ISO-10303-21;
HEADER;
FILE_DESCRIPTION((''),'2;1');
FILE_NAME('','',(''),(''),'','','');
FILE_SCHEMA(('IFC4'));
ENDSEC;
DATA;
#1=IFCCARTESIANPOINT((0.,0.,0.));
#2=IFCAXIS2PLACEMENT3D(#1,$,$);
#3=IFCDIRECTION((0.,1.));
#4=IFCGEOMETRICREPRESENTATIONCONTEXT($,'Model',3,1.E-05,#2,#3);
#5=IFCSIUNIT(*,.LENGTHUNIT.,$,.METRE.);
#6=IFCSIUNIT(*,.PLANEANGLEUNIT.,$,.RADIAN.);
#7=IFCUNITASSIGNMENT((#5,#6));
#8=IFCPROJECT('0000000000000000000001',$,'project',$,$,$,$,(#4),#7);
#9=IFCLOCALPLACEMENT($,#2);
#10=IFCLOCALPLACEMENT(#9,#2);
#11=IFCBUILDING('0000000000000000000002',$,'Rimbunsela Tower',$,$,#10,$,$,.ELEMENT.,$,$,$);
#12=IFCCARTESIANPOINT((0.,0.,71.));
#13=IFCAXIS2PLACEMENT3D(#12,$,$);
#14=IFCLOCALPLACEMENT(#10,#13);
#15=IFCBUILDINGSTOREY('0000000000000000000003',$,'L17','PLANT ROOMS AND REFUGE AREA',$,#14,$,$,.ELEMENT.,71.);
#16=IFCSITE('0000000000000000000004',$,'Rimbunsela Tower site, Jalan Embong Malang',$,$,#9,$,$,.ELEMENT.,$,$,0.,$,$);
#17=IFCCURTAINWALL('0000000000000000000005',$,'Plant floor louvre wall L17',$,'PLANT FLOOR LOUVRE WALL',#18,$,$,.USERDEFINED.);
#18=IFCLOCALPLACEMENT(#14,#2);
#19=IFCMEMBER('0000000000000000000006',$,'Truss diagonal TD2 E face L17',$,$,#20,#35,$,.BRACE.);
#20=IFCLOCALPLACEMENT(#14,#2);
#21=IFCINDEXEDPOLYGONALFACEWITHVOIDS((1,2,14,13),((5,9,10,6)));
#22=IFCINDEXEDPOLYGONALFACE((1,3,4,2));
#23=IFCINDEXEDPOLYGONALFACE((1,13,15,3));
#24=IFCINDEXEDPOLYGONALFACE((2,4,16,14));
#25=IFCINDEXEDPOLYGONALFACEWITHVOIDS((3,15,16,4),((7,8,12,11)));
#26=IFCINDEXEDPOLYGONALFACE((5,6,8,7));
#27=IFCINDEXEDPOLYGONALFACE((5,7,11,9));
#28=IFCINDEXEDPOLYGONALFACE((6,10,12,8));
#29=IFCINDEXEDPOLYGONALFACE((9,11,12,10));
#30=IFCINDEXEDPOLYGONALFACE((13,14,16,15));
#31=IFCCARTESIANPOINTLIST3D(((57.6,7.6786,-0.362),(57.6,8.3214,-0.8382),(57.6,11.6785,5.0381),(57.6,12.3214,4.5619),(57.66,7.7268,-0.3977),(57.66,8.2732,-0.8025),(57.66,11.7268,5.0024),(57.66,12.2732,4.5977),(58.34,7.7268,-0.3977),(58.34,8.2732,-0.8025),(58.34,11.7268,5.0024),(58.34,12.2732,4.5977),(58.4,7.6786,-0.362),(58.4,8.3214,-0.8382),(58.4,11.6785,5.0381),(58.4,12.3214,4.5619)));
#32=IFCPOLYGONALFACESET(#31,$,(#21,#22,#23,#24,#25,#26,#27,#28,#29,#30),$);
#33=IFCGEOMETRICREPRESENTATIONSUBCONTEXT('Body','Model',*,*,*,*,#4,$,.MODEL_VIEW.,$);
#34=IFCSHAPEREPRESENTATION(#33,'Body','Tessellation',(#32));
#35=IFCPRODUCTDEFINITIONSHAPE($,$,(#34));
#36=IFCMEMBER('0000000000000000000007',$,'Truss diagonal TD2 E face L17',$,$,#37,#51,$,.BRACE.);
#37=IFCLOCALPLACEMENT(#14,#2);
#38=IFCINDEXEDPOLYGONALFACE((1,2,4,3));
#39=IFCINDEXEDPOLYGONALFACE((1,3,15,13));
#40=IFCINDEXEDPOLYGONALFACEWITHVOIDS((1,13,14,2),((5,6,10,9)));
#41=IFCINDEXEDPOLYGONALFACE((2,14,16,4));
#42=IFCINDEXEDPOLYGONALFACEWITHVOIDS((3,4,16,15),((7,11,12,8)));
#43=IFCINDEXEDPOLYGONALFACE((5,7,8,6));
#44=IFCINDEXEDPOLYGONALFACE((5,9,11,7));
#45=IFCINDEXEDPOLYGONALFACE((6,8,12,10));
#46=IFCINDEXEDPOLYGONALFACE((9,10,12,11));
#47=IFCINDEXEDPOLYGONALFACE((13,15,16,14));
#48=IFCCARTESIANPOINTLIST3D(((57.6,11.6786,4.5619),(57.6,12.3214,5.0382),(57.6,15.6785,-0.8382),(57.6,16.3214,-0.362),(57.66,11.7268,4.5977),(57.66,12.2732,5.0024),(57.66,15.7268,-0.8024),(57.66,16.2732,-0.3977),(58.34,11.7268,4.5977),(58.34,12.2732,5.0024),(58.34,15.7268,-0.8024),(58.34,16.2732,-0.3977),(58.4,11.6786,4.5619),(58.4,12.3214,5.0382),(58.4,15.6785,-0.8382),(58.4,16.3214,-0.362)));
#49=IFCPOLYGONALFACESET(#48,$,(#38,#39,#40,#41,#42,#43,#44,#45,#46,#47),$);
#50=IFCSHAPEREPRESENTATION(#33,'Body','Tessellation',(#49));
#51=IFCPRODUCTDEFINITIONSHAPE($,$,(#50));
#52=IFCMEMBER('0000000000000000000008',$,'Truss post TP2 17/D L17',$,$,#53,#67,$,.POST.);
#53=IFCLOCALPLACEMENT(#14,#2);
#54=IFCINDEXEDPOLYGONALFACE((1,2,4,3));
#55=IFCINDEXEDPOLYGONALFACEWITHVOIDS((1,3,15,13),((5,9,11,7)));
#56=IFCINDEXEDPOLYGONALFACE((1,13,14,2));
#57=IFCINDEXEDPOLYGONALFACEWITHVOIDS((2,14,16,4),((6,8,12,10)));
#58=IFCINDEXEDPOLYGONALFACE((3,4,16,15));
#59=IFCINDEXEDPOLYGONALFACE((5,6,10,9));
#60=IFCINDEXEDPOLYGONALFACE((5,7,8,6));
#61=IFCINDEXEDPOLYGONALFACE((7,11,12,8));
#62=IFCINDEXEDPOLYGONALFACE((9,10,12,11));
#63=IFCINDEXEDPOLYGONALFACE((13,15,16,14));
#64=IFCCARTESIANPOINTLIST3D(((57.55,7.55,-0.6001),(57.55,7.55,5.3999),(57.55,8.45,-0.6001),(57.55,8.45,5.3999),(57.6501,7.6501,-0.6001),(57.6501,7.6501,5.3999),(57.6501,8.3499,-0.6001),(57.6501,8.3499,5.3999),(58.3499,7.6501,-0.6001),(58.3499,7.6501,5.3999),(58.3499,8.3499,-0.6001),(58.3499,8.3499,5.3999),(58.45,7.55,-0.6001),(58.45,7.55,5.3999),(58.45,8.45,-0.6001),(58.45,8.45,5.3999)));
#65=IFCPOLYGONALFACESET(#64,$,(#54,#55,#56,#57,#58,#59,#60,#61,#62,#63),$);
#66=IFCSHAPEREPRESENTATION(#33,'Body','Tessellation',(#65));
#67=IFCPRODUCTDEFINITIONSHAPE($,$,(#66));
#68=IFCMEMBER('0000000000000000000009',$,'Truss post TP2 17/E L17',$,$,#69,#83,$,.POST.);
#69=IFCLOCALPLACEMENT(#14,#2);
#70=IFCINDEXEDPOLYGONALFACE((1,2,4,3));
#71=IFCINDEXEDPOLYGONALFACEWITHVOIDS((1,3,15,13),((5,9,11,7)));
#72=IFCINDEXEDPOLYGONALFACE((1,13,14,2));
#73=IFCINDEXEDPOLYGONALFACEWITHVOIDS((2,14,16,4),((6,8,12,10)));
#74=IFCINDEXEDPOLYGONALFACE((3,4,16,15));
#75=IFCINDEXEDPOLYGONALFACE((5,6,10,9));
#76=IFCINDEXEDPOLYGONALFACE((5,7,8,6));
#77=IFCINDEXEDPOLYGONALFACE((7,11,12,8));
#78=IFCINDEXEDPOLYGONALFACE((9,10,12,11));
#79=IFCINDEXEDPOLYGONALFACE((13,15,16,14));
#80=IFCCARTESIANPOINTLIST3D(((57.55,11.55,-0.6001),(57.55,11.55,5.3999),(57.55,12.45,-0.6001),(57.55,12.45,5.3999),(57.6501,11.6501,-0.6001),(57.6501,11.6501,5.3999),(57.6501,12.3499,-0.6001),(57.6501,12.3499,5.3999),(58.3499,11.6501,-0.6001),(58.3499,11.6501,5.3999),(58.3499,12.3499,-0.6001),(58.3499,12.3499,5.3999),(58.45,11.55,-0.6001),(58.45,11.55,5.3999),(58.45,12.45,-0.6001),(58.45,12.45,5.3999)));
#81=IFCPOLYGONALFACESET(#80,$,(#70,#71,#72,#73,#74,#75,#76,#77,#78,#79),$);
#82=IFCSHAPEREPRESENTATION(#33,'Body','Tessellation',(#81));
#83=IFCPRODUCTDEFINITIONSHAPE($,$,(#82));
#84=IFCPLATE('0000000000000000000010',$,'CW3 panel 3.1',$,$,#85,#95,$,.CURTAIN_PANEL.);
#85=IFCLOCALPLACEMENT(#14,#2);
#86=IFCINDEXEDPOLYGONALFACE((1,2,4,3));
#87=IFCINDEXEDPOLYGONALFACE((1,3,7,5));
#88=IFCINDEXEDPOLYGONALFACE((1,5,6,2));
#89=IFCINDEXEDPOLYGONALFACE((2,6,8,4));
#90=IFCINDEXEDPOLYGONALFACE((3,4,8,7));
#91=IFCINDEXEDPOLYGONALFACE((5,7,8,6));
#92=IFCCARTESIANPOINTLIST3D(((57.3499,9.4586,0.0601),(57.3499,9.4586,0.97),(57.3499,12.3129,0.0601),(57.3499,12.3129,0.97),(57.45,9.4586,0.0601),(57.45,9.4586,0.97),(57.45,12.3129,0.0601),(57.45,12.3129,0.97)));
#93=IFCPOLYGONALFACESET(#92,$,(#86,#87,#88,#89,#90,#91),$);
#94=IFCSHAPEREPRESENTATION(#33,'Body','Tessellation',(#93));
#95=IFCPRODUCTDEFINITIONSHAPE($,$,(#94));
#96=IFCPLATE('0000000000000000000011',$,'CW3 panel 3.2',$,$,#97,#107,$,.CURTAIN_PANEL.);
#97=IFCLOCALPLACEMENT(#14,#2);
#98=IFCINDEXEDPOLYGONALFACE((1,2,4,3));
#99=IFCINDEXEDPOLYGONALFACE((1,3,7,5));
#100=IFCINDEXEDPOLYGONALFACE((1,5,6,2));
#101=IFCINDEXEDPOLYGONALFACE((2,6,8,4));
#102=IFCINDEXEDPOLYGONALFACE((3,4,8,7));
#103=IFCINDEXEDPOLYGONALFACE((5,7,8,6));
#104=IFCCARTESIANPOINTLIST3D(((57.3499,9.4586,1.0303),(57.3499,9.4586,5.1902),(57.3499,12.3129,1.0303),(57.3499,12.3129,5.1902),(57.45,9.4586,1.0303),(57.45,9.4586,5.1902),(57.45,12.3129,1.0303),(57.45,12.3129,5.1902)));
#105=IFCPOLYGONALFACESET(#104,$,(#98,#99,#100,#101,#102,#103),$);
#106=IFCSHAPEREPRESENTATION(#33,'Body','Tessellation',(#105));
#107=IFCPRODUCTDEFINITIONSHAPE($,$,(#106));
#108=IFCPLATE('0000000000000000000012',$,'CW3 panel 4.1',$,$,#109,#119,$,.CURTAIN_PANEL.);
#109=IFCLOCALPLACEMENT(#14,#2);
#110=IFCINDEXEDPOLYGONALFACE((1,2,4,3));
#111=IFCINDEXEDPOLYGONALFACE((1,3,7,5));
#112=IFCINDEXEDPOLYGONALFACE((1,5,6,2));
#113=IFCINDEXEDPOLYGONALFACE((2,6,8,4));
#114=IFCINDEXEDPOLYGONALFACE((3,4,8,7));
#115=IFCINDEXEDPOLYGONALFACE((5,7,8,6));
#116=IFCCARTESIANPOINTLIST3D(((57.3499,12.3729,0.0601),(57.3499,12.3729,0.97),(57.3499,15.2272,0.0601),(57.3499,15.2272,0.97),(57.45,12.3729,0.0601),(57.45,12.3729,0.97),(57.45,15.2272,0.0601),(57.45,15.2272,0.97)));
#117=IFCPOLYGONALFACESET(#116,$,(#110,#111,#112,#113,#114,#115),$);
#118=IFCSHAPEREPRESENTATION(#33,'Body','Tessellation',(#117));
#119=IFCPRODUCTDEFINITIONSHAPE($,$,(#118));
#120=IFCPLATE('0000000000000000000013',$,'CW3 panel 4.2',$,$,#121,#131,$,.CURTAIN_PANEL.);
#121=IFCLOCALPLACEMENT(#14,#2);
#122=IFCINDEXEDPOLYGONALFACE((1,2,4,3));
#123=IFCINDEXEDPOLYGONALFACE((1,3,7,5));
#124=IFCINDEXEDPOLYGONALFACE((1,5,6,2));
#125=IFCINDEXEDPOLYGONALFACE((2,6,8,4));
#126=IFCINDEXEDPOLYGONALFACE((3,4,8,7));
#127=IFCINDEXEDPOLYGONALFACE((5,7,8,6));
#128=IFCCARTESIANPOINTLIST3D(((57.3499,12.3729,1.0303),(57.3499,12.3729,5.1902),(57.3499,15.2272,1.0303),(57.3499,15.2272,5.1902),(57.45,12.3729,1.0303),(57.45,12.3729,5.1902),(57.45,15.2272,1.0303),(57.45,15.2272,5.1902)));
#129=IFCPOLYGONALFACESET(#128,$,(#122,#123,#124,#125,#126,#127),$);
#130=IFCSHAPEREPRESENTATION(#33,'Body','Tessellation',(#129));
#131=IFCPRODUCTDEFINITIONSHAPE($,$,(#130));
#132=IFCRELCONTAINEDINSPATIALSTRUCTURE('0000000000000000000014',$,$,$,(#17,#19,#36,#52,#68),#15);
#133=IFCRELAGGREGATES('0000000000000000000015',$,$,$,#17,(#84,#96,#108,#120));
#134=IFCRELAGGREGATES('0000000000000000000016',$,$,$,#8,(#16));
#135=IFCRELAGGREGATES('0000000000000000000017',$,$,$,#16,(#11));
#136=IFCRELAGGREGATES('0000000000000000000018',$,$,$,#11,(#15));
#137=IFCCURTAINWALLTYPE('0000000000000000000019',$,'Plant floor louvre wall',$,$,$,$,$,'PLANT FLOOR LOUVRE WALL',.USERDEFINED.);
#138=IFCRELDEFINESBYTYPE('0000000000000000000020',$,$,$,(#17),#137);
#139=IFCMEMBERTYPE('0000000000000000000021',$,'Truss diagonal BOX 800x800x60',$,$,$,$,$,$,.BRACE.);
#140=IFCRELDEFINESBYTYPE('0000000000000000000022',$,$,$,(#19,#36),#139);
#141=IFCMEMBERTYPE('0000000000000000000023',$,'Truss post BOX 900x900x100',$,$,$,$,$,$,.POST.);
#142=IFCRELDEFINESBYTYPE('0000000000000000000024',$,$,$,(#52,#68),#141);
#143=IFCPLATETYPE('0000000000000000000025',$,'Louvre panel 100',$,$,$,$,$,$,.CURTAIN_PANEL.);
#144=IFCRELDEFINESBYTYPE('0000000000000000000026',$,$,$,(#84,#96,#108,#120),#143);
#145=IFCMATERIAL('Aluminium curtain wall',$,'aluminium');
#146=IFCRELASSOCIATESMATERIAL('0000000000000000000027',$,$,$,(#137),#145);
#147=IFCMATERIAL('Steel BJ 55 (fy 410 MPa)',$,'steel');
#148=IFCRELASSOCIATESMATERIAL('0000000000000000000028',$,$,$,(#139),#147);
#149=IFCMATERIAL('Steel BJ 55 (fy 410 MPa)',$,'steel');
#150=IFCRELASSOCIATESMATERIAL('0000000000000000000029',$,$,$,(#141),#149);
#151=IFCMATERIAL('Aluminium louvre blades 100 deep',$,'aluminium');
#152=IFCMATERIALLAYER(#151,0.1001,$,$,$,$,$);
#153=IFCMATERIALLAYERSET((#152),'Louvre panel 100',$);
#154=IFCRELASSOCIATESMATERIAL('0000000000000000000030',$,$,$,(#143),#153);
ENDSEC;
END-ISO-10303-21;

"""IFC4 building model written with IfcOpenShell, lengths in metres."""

from ifc_helpers import new_model, si_unit, direction, frame, origin, origin_2d, place, context, subcontext, project, spatial, rectangle, hollow_rectangle, extrude, material, layer, layer_set, material_profile, profile_set, type_object, element, aggregate, save


model = new_model("IFC4")

# Units and contexts
model_context = context("Model", 3, precision=1e-05, world=origin(), true_north=direction((0.0, 1.0)))
body_context = subcontext(model_context, "Body", "Model", "MODEL_VIEW")
ifc_project = project(units=[si_unit("LENGTHUNIT", "METRE"), si_unit("PLANEANGLEUNIT", "RADIAN")], contexts=[model_context])

# Site, building, storey
site_placement = place(None, origin())
site = spatial("IfcSite", under=ifc_project, at=site_placement, Name="Rimbunsela Tower site, Jalan Embong Malang", CompositionType="ELEMENT", RefElevation=0.0)
building_placement = place(site_placement, origin())
building = spatial("IfcBuilding", under=site, at=building_placement, Name="Rimbunsela Tower", CompositionType="ELEMENT")
storey_placement = place(building_placement, frame((0.0, 0.0, 71.0)))
storey = spatial("IfcBuildingStorey", under=building, at=storey_placement, Name="L17", Description="PLANT ROOMS AND REFUGE AREA", CompositionType="ELEMENT", Elevation=71.0)

# Curtain wall
ifc_material_1 = material(Name="Aluminium curtain wall", Category="aluminium")
curtain_wall_type = type_object("IfcCurtainWallType", Name="Plant floor louvre wall", ElementType="PLANT FLOOR LOUVRE WALL", PredefinedType="USERDEFINED", material=ifc_material_1)
curtain_wall_placement = place(storey_placement, origin())
curtain_wall = element("IfcCurtainWall", 1, at=curtain_wall_placement, inside=storey, type_object=curtain_wall_type, Name="Plant floor louvre wall L17", ObjectType="PLANT FLOOR LOUVRE WALL", PredefinedType="USERDEFINED")

# Members
ifc_material_2 = material(Name="Steel BJ 55 (fy 410 MPa)", Category="steel")
ifc_material_profile_1 = material_profile(ifc_material_2, hollow_rectangle(XDim=0.8, YDim=0.8, WallThickness=0.0601, at=origin_2d()), Name="BOX 800x800x60")
ifc_profile_set_1 = profile_set([ifc_material_profile_1], Name="Steel BJ 55 (fy 410 MPa)")
member_type_1 = type_object("IfcMemberType", Name="Truss diagonal BOX 800x800x60", PredefinedType="BRACE", material=ifc_profile_set_1)
for number, where, z_axis, x_axis, name in (
    (2, (58.0, 8.0, -0.6001), (0.0, 0.595217, 0.803565), (-1.0, 0.0, 0.0), "Truss diagonal TD2 E face L17"),
    (3, (58.0, 12.0, 4.8), (0.0, 0.595217, -0.803565), (-1.0, 0.0, 0.0), "Truss diagonal TD2 E face L17"),
):
    element("IfcMember", number, at=place(storey_placement, frame(where, z_axis=z_axis, x_axis=x_axis)), inside=storey, type_object=member_type_1, Name=name, PredefinedType="BRACE", context=body_context, shape_type="SweptSolid", body=[
        extrude(hollow_rectangle(XDim=0.8, YDim=0.8, WallThickness=0.0601, at=origin_2d()), origin(), (0.0, 0.0, 1.0), 6.7202),
    ])
ifc_material_3 = material(Name="Steel BJ 55 (fy 410 MPa)", Category="steel")
ifc_material_profile_2 = material_profile(ifc_material_3, hollow_rectangle(XDim=0.8999, YDim=0.8999, WallThickness=0.1001, at=origin_2d()), Name="BOX 900x900x100")
ifc_profile_set_2 = profile_set([ifc_material_profile_2], Name="Steel BJ 55 (fy 410 MPa)")
member_type_2 = type_object("IfcMemberType", Name="Truss post BOX 900x900x100", PredefinedType="POST", material=ifc_profile_set_2)
for number, where, z_axis, x_axis, name in (
    (4, (58.0, 8.0, -0.6001), (0.0, 0.0, 1.0), (1.0, 0.0, 0.0), "Truss post TP2 17/D L17"),
    (5, (58.0, 12.0, -0.6001), (0.0, 0.0, 1.0), (1.0, 0.0, 0.0), "Truss post TP2 17/E L17"),
):
    element("IfcMember", number, at=place(storey_placement, frame(where, z_axis=z_axis, x_axis=x_axis)), inside=storey, type_object=member_type_2, Name=name, PredefinedType="POST", context=body_context, shape_type="SweptSolid", body=[
        extrude(hollow_rectangle(XDim=0.8999, YDim=0.8999, WallThickness=0.1001, at=origin_2d()), origin(), (0.0, 0.0, 1.0), 6.0),
    ])

# Plates
ifc_material_4 = material(Name="Aluminium louvre blades 100 deep", Category="aluminium")
ifc_layer = layer(ifc_material_4, 0.1001)
ifc_layer_set = layer_set([ifc_layer], Name="Louvre panel 100")
plate_type = type_object("IfcPlateType", Name="Louvre panel 100", PredefinedType="CURTAIN_PANEL", material=ifc_layer_set)
plate_1_placement = place(storey_placement, frame((57.3999, 10.8857, 0.0601), z_axis=(0.0, 0.0, 1.0), x_axis=(0.0, 1.0, 0.0)))
plate_1 = element("IfcPlate", 6, at=plate_1_placement, type_object=plate_type, Name="CW3 panel 3.1", PredefinedType="CURTAIN_PANEL", context=body_context, shape_type="SweptSolid", body=[
    extrude(rectangle(XDim=2.8542, YDim=0.1001, at=origin_2d()), origin(), (0.0, 0.0, 1.0), 0.9099),
])
plate_2_placement = place(storey_placement, frame((57.3999, 10.8857, 1.0303), z_axis=(0.0, 0.0, 1.0), x_axis=(0.0, 1.0, 0.0)))
plate_2 = element("IfcPlate", 7, at=plate_2_placement, type_object=plate_type, Name="CW3 panel 3.2", PredefinedType="CURTAIN_PANEL", context=body_context, shape_type="SweptSolid", body=[
    extrude(rectangle(XDim=2.8542, YDim=0.1001, at=origin_2d()), origin(), (0.0, 0.0, 1.0), 4.1599),
])
plate_3_placement = place(storey_placement, frame((57.3999, 13.8, 0.0601), z_axis=(0.0, 0.0, 1.0), x_axis=(0.0, 1.0, 0.0)))
plate_3 = element("IfcPlate", 8, at=plate_3_placement, type_object=plate_type, Name="CW3 panel 4.1", PredefinedType="CURTAIN_PANEL", context=body_context, shape_type="SweptSolid", body=[
    extrude(rectangle(XDim=2.8542, YDim=0.1001, at=origin_2d()), origin(), (0.0, 0.0, 1.0), 0.9099),
])
plate_4_placement = place(storey_placement, frame((57.3999, 13.8, 1.0303), z_axis=(0.0, 0.0, 1.0), x_axis=(0.0, 1.0, 0.0)))
plate_4 = element("IfcPlate", 9, at=plate_4_placement, type_object=plate_type, Name="CW3 panel 4.2", PredefinedType="CURTAIN_PANEL", context=body_context, shape_type="SweptSolid", body=[
    extrude(rectangle(XDim=2.8542, YDim=0.1001, at=origin_2d()), origin(), (0.0, 0.0, 1.0), 4.1599),
])
aggregate(curtain_wall, [plate_1, plate_2, plate_3, plate_4])

save(model, "model.ifc")
